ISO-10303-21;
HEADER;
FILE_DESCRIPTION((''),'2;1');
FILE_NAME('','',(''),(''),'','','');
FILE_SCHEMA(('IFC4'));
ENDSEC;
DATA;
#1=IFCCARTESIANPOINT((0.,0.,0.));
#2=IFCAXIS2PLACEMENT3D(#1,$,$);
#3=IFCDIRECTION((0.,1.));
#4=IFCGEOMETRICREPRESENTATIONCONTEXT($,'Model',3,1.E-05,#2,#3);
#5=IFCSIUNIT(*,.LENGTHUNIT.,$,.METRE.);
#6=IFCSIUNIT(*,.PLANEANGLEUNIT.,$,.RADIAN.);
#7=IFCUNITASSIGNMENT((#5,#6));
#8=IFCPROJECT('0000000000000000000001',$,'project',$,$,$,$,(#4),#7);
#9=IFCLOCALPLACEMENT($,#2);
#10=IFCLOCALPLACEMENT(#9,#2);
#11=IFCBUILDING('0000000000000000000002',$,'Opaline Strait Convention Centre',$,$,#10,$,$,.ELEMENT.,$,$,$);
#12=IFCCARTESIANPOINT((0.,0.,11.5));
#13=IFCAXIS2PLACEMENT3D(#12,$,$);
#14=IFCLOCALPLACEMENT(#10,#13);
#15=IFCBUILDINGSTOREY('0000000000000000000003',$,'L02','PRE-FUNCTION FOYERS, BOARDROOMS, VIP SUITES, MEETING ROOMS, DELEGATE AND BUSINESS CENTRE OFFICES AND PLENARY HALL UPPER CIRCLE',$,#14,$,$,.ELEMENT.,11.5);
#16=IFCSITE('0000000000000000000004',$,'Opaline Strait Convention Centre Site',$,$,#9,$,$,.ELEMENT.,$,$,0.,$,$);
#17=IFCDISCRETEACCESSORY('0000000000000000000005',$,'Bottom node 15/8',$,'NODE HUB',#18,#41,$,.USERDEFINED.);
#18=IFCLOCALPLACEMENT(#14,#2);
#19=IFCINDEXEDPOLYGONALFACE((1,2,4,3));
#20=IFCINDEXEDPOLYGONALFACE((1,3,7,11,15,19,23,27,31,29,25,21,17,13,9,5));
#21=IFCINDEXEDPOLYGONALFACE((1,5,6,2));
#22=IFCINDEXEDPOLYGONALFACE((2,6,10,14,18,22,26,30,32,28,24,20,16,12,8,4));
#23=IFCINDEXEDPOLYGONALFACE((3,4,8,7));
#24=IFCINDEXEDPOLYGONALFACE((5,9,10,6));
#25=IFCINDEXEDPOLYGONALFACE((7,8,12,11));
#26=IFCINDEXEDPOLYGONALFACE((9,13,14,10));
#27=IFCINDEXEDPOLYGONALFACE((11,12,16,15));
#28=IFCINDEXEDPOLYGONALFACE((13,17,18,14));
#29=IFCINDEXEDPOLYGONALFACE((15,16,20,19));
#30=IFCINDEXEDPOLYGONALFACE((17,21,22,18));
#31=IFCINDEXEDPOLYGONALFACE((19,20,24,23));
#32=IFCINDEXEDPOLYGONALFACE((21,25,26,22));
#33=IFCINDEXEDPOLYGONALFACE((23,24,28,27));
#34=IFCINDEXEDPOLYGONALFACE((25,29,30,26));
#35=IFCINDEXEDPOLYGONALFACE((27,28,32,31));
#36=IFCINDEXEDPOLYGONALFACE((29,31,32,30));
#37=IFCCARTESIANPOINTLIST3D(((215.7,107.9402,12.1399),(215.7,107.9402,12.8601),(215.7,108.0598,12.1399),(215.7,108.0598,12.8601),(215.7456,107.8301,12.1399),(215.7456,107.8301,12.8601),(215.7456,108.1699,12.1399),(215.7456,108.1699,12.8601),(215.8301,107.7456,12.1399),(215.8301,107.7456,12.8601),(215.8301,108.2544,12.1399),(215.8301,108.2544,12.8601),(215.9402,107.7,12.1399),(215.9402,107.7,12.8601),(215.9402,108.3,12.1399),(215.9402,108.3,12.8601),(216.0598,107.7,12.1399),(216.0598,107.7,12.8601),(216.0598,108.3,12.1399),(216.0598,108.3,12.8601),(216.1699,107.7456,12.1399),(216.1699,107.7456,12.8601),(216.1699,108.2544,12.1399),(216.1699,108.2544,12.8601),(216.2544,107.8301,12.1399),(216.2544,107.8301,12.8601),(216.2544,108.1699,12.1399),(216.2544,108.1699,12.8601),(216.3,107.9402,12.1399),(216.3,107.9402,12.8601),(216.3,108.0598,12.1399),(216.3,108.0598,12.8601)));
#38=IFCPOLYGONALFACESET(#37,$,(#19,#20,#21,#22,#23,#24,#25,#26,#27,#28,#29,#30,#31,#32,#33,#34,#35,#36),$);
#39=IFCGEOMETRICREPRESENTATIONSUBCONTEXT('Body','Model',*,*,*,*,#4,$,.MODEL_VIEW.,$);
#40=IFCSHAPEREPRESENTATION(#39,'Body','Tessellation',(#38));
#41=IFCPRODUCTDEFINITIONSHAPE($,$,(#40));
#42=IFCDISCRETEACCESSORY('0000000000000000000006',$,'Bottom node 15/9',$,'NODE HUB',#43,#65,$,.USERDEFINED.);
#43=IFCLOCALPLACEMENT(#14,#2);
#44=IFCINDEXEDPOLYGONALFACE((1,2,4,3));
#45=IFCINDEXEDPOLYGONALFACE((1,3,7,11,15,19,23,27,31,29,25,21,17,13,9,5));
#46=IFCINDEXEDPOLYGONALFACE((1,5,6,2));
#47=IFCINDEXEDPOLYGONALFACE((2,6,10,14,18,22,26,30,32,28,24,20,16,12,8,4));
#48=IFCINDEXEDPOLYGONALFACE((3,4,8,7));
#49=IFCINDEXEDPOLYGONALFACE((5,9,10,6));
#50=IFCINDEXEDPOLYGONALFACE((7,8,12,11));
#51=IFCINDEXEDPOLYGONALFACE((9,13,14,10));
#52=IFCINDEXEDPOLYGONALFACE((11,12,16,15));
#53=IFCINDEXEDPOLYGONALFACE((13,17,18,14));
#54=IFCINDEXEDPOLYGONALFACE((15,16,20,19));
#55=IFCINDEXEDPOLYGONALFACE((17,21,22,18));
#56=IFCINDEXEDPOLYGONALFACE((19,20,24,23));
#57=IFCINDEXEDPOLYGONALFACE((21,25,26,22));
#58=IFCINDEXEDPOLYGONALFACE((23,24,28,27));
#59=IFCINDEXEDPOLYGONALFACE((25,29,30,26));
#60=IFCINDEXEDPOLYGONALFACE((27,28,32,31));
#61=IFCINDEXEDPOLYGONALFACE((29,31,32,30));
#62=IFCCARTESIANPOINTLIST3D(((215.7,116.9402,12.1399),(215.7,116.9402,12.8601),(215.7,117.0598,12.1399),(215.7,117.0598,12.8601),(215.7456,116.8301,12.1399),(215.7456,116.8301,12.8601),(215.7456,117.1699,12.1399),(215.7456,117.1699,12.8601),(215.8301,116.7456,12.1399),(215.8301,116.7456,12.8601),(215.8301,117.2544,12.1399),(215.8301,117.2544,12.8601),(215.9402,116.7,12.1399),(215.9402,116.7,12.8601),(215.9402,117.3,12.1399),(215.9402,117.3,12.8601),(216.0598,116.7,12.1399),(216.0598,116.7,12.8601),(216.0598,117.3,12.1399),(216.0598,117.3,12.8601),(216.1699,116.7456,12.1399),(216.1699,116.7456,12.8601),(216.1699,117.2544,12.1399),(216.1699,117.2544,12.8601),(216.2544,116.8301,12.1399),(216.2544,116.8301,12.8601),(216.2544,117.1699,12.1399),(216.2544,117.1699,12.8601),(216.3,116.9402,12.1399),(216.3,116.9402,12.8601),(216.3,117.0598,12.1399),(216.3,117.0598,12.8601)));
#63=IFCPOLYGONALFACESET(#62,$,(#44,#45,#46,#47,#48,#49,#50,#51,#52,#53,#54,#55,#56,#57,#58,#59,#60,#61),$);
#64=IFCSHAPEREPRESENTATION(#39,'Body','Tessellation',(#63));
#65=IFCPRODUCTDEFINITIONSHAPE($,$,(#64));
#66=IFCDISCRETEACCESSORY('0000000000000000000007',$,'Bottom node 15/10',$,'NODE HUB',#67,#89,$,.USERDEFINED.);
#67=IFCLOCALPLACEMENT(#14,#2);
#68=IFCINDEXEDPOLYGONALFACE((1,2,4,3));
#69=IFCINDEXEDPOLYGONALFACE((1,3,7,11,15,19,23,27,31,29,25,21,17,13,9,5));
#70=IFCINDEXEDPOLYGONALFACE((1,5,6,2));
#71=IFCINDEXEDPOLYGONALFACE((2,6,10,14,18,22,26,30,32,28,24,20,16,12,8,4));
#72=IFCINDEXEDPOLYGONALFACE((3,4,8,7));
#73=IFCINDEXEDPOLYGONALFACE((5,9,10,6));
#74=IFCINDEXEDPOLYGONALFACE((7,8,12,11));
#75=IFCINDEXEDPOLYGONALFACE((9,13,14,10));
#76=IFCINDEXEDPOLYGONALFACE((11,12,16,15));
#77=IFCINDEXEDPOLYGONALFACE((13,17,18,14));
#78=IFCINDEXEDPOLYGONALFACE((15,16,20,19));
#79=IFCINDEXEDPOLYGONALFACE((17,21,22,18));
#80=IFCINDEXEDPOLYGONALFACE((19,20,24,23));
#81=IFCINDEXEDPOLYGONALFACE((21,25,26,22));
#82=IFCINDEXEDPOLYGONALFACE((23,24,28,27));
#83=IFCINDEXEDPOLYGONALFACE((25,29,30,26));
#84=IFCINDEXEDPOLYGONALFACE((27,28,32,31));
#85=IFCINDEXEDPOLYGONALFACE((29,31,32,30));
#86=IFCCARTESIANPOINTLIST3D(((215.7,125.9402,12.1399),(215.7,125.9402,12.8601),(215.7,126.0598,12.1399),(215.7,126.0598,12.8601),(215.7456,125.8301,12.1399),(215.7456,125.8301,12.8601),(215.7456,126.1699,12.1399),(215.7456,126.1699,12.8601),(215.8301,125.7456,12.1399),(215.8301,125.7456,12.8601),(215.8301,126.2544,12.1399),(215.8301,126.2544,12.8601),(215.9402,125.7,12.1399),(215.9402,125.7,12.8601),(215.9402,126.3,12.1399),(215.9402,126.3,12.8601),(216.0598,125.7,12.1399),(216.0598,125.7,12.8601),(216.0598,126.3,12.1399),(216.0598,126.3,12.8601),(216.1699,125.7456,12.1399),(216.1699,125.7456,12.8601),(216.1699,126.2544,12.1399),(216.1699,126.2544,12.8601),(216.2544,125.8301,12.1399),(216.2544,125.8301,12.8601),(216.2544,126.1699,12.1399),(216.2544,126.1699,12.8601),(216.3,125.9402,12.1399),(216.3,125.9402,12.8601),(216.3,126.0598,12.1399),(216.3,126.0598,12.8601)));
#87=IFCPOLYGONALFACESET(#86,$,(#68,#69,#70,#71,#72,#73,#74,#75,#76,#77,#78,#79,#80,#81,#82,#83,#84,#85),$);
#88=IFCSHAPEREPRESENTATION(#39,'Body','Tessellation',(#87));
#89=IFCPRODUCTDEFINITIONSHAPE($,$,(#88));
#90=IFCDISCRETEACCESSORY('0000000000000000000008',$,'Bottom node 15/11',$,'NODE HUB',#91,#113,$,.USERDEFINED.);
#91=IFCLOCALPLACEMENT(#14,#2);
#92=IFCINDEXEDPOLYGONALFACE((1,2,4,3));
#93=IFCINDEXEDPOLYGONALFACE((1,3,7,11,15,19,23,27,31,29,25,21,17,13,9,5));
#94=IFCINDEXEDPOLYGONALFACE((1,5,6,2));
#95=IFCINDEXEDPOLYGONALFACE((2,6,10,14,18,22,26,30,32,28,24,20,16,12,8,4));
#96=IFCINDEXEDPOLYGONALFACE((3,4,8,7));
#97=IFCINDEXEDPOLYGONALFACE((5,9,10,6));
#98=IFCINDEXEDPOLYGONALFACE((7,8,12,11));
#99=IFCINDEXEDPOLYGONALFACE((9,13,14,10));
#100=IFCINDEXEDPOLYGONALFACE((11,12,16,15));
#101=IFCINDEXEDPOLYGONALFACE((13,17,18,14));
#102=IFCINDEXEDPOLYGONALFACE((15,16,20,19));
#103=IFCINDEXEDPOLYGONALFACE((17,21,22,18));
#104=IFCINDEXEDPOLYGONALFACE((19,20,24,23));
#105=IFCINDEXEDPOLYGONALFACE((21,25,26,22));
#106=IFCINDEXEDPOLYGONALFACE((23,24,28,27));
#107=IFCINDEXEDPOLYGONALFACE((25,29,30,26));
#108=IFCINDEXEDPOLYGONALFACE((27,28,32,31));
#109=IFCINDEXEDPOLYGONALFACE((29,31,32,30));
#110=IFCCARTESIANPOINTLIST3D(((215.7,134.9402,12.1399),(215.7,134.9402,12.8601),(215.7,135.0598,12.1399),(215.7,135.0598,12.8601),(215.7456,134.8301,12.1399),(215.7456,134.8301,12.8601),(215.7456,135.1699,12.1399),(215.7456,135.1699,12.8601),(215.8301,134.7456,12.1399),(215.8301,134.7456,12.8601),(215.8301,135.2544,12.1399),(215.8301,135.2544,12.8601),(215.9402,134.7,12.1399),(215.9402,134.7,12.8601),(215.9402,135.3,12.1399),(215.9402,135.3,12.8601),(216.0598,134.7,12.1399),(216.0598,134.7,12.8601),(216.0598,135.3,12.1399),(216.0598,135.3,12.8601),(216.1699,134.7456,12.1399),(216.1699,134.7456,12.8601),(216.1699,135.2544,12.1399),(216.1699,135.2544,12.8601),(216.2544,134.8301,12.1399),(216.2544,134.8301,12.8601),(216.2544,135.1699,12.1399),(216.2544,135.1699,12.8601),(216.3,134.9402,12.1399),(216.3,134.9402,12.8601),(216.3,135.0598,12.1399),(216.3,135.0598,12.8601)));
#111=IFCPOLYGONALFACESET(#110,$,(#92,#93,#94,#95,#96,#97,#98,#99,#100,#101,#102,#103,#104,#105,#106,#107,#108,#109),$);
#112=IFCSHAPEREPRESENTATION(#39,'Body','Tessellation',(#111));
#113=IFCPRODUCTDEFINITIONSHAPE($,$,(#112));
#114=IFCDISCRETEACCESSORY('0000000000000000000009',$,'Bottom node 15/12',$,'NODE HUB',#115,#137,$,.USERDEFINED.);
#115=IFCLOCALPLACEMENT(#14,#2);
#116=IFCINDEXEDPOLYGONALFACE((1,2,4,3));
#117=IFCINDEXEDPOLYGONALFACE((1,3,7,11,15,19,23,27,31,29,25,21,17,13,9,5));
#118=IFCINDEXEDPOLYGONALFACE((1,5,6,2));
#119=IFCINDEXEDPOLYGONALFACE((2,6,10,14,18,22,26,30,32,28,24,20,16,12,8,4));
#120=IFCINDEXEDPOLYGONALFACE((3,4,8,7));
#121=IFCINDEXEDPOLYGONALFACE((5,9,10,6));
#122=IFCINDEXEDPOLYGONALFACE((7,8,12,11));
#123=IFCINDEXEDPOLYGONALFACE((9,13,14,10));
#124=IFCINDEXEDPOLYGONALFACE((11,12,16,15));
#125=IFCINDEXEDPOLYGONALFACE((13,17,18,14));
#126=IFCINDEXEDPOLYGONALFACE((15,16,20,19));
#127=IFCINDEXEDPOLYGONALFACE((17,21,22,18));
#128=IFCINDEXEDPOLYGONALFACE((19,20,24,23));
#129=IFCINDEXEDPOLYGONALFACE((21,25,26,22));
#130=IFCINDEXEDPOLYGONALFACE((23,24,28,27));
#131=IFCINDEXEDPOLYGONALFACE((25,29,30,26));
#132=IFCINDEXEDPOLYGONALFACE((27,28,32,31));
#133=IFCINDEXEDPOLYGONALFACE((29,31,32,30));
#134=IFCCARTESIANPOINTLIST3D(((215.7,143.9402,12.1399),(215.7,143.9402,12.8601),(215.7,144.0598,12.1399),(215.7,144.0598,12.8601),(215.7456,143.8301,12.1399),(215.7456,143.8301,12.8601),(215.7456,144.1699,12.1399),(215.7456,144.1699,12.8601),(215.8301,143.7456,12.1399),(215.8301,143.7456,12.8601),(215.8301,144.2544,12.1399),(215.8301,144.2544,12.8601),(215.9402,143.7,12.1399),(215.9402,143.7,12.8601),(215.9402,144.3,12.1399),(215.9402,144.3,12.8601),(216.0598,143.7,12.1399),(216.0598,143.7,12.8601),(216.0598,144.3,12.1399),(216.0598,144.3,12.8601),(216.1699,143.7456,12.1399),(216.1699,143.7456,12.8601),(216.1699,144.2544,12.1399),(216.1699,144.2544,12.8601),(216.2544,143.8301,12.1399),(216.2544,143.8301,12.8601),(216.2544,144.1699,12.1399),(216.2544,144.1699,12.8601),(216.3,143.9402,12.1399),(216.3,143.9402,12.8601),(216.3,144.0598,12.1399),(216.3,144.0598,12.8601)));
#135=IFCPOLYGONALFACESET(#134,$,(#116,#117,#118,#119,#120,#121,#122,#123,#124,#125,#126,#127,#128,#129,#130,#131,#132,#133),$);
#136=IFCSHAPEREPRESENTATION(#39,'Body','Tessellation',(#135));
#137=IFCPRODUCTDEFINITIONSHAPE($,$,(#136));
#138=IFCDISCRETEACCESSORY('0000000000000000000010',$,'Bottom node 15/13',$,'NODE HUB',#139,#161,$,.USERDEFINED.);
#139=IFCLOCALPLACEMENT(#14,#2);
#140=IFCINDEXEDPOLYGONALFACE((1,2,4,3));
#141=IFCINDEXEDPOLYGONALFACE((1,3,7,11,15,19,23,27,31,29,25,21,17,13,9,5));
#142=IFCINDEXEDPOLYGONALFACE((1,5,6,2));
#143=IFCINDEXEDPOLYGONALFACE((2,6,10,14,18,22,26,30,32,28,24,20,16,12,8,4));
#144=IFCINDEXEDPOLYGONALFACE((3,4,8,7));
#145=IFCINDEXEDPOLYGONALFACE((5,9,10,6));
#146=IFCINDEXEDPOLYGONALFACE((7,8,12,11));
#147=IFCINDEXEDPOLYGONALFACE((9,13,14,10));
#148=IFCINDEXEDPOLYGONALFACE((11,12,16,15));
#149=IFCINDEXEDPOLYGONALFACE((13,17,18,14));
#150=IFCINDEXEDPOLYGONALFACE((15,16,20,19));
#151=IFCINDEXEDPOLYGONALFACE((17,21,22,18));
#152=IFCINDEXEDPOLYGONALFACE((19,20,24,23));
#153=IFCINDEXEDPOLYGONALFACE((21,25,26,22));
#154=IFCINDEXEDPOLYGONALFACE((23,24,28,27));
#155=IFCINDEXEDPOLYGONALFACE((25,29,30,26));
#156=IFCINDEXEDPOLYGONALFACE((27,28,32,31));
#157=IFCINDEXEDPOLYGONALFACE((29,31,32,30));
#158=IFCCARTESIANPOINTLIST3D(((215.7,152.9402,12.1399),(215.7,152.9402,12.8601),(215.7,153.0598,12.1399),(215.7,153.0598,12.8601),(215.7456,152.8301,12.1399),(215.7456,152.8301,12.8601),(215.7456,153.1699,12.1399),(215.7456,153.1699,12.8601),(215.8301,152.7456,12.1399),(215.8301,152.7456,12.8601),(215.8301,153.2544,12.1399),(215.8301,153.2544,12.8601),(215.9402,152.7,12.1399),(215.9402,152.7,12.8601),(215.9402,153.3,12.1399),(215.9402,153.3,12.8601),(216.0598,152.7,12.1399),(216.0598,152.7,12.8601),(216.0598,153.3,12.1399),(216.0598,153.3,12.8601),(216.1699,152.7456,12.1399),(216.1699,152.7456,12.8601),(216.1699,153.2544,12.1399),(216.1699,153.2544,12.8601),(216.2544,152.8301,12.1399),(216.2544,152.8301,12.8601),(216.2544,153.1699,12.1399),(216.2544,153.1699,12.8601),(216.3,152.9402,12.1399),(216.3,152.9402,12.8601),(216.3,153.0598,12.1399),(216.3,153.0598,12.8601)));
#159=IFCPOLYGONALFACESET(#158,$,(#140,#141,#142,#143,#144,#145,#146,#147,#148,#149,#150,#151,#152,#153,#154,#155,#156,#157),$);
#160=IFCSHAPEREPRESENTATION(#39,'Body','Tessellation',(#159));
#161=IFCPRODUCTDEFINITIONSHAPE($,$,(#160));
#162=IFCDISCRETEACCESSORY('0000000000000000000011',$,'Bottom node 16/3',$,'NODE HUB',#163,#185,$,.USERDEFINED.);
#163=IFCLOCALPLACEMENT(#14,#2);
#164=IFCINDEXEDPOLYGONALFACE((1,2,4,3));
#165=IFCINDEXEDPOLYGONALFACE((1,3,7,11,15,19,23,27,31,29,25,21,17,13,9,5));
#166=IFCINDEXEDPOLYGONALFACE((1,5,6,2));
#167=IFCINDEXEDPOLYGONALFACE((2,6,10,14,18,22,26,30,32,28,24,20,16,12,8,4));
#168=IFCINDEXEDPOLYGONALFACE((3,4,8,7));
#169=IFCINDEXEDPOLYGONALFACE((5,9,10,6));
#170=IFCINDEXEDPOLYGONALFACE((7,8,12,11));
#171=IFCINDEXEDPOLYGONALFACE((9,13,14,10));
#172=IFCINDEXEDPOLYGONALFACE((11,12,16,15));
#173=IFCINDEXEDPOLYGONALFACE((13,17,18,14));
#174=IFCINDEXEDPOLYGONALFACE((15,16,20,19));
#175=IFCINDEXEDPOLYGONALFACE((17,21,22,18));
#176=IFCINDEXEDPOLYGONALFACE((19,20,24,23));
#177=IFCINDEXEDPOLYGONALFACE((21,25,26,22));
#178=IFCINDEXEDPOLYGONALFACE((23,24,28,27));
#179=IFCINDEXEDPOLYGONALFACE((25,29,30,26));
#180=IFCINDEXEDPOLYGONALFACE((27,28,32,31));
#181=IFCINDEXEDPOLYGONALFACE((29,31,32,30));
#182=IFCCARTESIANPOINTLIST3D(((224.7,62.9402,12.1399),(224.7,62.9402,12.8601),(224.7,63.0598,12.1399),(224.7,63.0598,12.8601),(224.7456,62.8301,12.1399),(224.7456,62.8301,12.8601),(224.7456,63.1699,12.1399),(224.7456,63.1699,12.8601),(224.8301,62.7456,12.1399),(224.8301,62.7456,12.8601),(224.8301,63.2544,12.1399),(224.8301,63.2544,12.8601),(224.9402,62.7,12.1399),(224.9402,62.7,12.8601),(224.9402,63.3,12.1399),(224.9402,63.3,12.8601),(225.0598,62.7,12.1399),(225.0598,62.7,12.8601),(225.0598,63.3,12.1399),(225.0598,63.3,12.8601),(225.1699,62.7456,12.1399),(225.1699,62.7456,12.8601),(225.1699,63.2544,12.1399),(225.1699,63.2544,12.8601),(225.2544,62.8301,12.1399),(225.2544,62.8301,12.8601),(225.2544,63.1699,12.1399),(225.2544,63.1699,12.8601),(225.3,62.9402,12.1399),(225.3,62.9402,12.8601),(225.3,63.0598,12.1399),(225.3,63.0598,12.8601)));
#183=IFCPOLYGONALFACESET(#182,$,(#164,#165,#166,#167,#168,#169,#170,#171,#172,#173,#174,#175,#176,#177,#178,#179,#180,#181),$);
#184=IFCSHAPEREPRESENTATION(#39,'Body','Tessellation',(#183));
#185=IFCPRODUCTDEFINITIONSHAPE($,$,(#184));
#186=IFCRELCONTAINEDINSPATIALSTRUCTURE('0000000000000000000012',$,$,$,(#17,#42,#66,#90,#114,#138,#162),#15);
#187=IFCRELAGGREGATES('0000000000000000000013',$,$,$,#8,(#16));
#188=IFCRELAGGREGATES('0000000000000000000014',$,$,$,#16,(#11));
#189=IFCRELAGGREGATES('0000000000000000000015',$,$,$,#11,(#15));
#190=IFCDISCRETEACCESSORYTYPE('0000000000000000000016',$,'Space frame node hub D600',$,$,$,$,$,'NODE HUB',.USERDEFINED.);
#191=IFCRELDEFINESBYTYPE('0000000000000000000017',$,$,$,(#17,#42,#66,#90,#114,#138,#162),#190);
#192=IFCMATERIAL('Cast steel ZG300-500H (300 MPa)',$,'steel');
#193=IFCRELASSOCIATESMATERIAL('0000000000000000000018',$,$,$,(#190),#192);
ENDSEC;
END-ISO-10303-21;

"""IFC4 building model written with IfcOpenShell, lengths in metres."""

from ifc_helpers import new_model, si_unit, direction, frame, origin, place, context, subcontext, project, spatial, polyline, outline, extrude, material, type_object, element, save


model = new_model("IFC4")

# Units and contexts
model_context = context("Model", 3, precision=1e-05, world=origin(), true_north=direction((0.0, 1.0)))
body_context = subcontext(model_context, "Body", "Model", "MODEL_VIEW")
ifc_project = project(units=[si_unit("LENGTHUNIT", "METRE"), si_unit("PLANEANGLEUNIT", "RADIAN")], contexts=[model_context])

# Site, building, storey
site_placement = place(None, origin())
site = spatial("IfcSite", under=ifc_project, at=site_placement, Name="Opaline Strait Convention Centre Site", CompositionType="ELEMENT", RefElevation=0.0)
building_placement = place(site_placement, origin())
building = spatial("IfcBuilding", under=site, at=building_placement, Name="Opaline Strait Convention Centre", CompositionType="ELEMENT")
storey_placement = place(building_placement, frame((0.0, 0.0, 11.5)))
storey = spatial("IfcBuildingStorey", under=building, at=storey_placement, Name="L02", Description="PRE-FUNCTION FOYERS, BOARDROOMS, VIP SUITES, MEETING ROOMS, DELEGATE AND BUSINESS CENTRE OFFICES AND PLENARY HALL UPPER CIRCLE", CompositionType="ELEMENT", Elevation=11.5)

# Discrete accessories
ifc_material = material(Name="Cast steel ZG300-500H (300 MPa)", Category="steel")
discrete_accessory_type_1 = type_object("IfcDiscreteAccessoryType", Name="Space frame node hub D600", ElementType="NODE HUB", PredefinedType="USERDEFINED", material=ifc_material)
discrete_accessory_1_placement = place(storey_placement, frame((0.0, 0.0, 12.1399)))
element("IfcDiscreteAccessory", 1, at=discrete_accessory_1_placement, inside=storey, type_object=discrete_accessory_type_1, Name="Bottom node 15/8", ObjectType="NODE HUB", PredefinedType="USERDEFINED", context=body_context, shape_type="SweptSolid", body=[
    extrude(outline(polyline([(216.3, 108.0598), (216.2544, 108.1699), (216.1699, 108.2544), (216.0598, 108.3), (215.9402, 108.3), (215.8301, 108.2544), (215.7456, 108.1699), (215.7, 108.0598), (215.7, 107.9402), (215.7456, 107.8301), (215.8301, 107.7456), (215.9402, 107.7), (216.0598, 107.7), (216.1699, 107.7456), (216.2544, 107.8301), (216.3, 107.9402), (216.3, 108.0598)])), origin(), (0.0, 0.0, 1.0), 0.7202),
])
discrete_accessory_2_placement = place(storey_placement, frame((0.0, 0.0, 12.1399)))
element("IfcDiscreteAccessory", 2, at=discrete_accessory_2_placement, inside=storey, type_object=discrete_accessory_type_1, Name="Bottom node 15/9", ObjectType="NODE HUB", PredefinedType="USERDEFINED", context=body_context, shape_type="SweptSolid", body=[
    extrude(outline(polyline([(216.3, 117.0598), (216.2544, 117.1699), (216.1699, 117.2544), (216.0598, 117.3), (215.9402, 117.3), (215.8301, 117.2544), (215.7456, 117.1699), (215.7, 117.0598), (215.7, 116.9402), (215.7456, 116.8301), (215.8301, 116.7456), (215.9402, 116.7), (216.0598, 116.7), (216.1699, 116.7456), (216.2544, 116.8301), (216.3, 116.9402), (216.3, 117.0598)])), origin(), (0.0, 0.0, 1.0), 0.7202),
])
discrete_accessory_3_placement = place(storey_placement, frame((0.0, 0.0, 12.1399)))
element("IfcDiscreteAccessory", 3, at=discrete_accessory_3_placement, inside=storey, type_object=discrete_accessory_type_1, Name="Bottom node 15/10", ObjectType="NODE HUB", PredefinedType="USERDEFINED", context=body_context, shape_type="SweptSolid", body=[
    extrude(outline(polyline([(216.3, 126.0598), (216.2544, 126.1699), (216.1699, 126.2544), (216.0598, 126.3), (215.9402, 126.3), (215.8301, 126.2544), (215.7456, 126.1699), (215.7, 126.0598), (215.7, 125.9402), (215.7456, 125.8301), (215.8301, 125.7456), (215.9402, 125.7), (216.0598, 125.7), (216.1699, 125.7456), (216.2544, 125.8301), (216.3, 125.9402), (216.3, 126.0598)])), origin(), (0.0, 0.0, 1.0), 0.7202),
])
discrete_accessory_4_placement = place(storey_placement, frame((0.0, 0.0, 12.1399)))
element("IfcDiscreteAccessory", 4, at=discrete_accessory_4_placement, inside=storey, type_object=discrete_accessory_type_1, Name="Bottom node 15/11", ObjectType="NODE HUB", PredefinedType="USERDEFINED", context=body_context, shape_type="SweptSolid", body=[
    extrude(outline(polyline([(216.3, 135.0598), (216.2544, 135.1699), (216.1699, 135.2544), (216.0598, 135.3), (215.9402, 135.3), (215.8301, 135.2544), (215.7456, 135.1699), (215.7, 135.0598), (215.7, 134.9402), (215.7456, 134.8301), (215.8301, 134.7456), (215.9402, 134.7), (216.0598, 134.7), (216.1699, 134.7456), (216.2544, 134.8301), (216.3, 134.9402), (216.3, 135.0598)])), origin(), (0.0, 0.0, 1.0), 0.7202),
])
discrete_accessory_5_placement = place(storey_placement, frame((0.0, 0.0, 12.1399)))
element("IfcDiscreteAccessory", 5, at=discrete_accessory_5_placement, inside=storey, type_object=discrete_accessory_type_1, Name="Bottom node 15/12", ObjectType="NODE HUB", PredefinedType="USERDEFINED", context=body_context, shape_type="SweptSolid", body=[
    extrude(outline(polyline([(216.3, 144.0598), (216.2544, 144.1699), (216.1699, 144.2544), (216.0598, 144.3), (215.9402, 144.3), (215.8301, 144.2544), (215.7456, 144.1699), (215.7, 144.0598), (215.7, 143.9402), (215.7456, 143.8301), (215.8301, 143.7456), (215.9402, 143.7), (216.0598, 143.7), (216.1699, 143.7456), (216.2544, 143.8301), (216.3, 143.9402), (216.3, 144.0598)])), origin(), (0.0, 0.0, 1.0), 0.7202),
])
discrete_accessory_6_placement = place(storey_placement, frame((0.0, 0.0, 12.1399)))
element("IfcDiscreteAccessory", 6, at=discrete_accessory_6_placement, inside=storey, type_object=discrete_accessory_type_1, Name="Bottom node 15/13", ObjectType="NODE HUB", PredefinedType="USERDEFINED", context=body_context, shape_type="SweptSolid", body=[
    extrude(outline(polyline([(216.3, 153.0598), (216.2544, 153.1699), (216.1699, 153.2544), (216.0598, 153.3), (215.9402, 153.3), (215.8301, 153.2544), (215.7456, 153.1699), (215.7, 153.0598), (215.7, 152.9402), (215.7456, 152.8301), (215.8301, 152.7456), (215.9402, 152.7), (216.0598, 152.7), (216.1699, 152.7456), (216.2544, 152.8301), (216.3, 152.9402), (216.3, 153.0598)])), origin(), (0.0, 0.0, 1.0), 0.7202),
])
discrete_accessory_7_placement = place(storey_placement, frame((0.0, 0.0, 12.1399)))
element("IfcDiscreteAccessory", 7, at=discrete_accessory_7_placement, inside=storey, type_object=discrete_accessory_type_1, Name="Bottom node 16/3", ObjectType="NODE HUB", PredefinedType="USERDEFINED", context=body_context, shape_type="SweptSolid", body=[
    extrude(outline(polyline([(225.3, 63.0598), (225.2544, 63.1699), (225.1699, 63.2544), (225.0598, 63.3), (224.9402, 63.3), (224.8301, 63.2544), (224.7456, 63.1699), (224.7, 63.0598), (224.7, 62.9402), (224.7456, 62.8301), (224.8301, 62.7456), (224.9402, 62.7), (225.0598, 62.7), (225.1699, 62.7456), (225.2544, 62.8301), (225.3, 62.9402), (225.3, 63.0598)])), origin(), (0.0, 0.0, 1.0), 0.7202),
])

save(model, "model.ifc")
